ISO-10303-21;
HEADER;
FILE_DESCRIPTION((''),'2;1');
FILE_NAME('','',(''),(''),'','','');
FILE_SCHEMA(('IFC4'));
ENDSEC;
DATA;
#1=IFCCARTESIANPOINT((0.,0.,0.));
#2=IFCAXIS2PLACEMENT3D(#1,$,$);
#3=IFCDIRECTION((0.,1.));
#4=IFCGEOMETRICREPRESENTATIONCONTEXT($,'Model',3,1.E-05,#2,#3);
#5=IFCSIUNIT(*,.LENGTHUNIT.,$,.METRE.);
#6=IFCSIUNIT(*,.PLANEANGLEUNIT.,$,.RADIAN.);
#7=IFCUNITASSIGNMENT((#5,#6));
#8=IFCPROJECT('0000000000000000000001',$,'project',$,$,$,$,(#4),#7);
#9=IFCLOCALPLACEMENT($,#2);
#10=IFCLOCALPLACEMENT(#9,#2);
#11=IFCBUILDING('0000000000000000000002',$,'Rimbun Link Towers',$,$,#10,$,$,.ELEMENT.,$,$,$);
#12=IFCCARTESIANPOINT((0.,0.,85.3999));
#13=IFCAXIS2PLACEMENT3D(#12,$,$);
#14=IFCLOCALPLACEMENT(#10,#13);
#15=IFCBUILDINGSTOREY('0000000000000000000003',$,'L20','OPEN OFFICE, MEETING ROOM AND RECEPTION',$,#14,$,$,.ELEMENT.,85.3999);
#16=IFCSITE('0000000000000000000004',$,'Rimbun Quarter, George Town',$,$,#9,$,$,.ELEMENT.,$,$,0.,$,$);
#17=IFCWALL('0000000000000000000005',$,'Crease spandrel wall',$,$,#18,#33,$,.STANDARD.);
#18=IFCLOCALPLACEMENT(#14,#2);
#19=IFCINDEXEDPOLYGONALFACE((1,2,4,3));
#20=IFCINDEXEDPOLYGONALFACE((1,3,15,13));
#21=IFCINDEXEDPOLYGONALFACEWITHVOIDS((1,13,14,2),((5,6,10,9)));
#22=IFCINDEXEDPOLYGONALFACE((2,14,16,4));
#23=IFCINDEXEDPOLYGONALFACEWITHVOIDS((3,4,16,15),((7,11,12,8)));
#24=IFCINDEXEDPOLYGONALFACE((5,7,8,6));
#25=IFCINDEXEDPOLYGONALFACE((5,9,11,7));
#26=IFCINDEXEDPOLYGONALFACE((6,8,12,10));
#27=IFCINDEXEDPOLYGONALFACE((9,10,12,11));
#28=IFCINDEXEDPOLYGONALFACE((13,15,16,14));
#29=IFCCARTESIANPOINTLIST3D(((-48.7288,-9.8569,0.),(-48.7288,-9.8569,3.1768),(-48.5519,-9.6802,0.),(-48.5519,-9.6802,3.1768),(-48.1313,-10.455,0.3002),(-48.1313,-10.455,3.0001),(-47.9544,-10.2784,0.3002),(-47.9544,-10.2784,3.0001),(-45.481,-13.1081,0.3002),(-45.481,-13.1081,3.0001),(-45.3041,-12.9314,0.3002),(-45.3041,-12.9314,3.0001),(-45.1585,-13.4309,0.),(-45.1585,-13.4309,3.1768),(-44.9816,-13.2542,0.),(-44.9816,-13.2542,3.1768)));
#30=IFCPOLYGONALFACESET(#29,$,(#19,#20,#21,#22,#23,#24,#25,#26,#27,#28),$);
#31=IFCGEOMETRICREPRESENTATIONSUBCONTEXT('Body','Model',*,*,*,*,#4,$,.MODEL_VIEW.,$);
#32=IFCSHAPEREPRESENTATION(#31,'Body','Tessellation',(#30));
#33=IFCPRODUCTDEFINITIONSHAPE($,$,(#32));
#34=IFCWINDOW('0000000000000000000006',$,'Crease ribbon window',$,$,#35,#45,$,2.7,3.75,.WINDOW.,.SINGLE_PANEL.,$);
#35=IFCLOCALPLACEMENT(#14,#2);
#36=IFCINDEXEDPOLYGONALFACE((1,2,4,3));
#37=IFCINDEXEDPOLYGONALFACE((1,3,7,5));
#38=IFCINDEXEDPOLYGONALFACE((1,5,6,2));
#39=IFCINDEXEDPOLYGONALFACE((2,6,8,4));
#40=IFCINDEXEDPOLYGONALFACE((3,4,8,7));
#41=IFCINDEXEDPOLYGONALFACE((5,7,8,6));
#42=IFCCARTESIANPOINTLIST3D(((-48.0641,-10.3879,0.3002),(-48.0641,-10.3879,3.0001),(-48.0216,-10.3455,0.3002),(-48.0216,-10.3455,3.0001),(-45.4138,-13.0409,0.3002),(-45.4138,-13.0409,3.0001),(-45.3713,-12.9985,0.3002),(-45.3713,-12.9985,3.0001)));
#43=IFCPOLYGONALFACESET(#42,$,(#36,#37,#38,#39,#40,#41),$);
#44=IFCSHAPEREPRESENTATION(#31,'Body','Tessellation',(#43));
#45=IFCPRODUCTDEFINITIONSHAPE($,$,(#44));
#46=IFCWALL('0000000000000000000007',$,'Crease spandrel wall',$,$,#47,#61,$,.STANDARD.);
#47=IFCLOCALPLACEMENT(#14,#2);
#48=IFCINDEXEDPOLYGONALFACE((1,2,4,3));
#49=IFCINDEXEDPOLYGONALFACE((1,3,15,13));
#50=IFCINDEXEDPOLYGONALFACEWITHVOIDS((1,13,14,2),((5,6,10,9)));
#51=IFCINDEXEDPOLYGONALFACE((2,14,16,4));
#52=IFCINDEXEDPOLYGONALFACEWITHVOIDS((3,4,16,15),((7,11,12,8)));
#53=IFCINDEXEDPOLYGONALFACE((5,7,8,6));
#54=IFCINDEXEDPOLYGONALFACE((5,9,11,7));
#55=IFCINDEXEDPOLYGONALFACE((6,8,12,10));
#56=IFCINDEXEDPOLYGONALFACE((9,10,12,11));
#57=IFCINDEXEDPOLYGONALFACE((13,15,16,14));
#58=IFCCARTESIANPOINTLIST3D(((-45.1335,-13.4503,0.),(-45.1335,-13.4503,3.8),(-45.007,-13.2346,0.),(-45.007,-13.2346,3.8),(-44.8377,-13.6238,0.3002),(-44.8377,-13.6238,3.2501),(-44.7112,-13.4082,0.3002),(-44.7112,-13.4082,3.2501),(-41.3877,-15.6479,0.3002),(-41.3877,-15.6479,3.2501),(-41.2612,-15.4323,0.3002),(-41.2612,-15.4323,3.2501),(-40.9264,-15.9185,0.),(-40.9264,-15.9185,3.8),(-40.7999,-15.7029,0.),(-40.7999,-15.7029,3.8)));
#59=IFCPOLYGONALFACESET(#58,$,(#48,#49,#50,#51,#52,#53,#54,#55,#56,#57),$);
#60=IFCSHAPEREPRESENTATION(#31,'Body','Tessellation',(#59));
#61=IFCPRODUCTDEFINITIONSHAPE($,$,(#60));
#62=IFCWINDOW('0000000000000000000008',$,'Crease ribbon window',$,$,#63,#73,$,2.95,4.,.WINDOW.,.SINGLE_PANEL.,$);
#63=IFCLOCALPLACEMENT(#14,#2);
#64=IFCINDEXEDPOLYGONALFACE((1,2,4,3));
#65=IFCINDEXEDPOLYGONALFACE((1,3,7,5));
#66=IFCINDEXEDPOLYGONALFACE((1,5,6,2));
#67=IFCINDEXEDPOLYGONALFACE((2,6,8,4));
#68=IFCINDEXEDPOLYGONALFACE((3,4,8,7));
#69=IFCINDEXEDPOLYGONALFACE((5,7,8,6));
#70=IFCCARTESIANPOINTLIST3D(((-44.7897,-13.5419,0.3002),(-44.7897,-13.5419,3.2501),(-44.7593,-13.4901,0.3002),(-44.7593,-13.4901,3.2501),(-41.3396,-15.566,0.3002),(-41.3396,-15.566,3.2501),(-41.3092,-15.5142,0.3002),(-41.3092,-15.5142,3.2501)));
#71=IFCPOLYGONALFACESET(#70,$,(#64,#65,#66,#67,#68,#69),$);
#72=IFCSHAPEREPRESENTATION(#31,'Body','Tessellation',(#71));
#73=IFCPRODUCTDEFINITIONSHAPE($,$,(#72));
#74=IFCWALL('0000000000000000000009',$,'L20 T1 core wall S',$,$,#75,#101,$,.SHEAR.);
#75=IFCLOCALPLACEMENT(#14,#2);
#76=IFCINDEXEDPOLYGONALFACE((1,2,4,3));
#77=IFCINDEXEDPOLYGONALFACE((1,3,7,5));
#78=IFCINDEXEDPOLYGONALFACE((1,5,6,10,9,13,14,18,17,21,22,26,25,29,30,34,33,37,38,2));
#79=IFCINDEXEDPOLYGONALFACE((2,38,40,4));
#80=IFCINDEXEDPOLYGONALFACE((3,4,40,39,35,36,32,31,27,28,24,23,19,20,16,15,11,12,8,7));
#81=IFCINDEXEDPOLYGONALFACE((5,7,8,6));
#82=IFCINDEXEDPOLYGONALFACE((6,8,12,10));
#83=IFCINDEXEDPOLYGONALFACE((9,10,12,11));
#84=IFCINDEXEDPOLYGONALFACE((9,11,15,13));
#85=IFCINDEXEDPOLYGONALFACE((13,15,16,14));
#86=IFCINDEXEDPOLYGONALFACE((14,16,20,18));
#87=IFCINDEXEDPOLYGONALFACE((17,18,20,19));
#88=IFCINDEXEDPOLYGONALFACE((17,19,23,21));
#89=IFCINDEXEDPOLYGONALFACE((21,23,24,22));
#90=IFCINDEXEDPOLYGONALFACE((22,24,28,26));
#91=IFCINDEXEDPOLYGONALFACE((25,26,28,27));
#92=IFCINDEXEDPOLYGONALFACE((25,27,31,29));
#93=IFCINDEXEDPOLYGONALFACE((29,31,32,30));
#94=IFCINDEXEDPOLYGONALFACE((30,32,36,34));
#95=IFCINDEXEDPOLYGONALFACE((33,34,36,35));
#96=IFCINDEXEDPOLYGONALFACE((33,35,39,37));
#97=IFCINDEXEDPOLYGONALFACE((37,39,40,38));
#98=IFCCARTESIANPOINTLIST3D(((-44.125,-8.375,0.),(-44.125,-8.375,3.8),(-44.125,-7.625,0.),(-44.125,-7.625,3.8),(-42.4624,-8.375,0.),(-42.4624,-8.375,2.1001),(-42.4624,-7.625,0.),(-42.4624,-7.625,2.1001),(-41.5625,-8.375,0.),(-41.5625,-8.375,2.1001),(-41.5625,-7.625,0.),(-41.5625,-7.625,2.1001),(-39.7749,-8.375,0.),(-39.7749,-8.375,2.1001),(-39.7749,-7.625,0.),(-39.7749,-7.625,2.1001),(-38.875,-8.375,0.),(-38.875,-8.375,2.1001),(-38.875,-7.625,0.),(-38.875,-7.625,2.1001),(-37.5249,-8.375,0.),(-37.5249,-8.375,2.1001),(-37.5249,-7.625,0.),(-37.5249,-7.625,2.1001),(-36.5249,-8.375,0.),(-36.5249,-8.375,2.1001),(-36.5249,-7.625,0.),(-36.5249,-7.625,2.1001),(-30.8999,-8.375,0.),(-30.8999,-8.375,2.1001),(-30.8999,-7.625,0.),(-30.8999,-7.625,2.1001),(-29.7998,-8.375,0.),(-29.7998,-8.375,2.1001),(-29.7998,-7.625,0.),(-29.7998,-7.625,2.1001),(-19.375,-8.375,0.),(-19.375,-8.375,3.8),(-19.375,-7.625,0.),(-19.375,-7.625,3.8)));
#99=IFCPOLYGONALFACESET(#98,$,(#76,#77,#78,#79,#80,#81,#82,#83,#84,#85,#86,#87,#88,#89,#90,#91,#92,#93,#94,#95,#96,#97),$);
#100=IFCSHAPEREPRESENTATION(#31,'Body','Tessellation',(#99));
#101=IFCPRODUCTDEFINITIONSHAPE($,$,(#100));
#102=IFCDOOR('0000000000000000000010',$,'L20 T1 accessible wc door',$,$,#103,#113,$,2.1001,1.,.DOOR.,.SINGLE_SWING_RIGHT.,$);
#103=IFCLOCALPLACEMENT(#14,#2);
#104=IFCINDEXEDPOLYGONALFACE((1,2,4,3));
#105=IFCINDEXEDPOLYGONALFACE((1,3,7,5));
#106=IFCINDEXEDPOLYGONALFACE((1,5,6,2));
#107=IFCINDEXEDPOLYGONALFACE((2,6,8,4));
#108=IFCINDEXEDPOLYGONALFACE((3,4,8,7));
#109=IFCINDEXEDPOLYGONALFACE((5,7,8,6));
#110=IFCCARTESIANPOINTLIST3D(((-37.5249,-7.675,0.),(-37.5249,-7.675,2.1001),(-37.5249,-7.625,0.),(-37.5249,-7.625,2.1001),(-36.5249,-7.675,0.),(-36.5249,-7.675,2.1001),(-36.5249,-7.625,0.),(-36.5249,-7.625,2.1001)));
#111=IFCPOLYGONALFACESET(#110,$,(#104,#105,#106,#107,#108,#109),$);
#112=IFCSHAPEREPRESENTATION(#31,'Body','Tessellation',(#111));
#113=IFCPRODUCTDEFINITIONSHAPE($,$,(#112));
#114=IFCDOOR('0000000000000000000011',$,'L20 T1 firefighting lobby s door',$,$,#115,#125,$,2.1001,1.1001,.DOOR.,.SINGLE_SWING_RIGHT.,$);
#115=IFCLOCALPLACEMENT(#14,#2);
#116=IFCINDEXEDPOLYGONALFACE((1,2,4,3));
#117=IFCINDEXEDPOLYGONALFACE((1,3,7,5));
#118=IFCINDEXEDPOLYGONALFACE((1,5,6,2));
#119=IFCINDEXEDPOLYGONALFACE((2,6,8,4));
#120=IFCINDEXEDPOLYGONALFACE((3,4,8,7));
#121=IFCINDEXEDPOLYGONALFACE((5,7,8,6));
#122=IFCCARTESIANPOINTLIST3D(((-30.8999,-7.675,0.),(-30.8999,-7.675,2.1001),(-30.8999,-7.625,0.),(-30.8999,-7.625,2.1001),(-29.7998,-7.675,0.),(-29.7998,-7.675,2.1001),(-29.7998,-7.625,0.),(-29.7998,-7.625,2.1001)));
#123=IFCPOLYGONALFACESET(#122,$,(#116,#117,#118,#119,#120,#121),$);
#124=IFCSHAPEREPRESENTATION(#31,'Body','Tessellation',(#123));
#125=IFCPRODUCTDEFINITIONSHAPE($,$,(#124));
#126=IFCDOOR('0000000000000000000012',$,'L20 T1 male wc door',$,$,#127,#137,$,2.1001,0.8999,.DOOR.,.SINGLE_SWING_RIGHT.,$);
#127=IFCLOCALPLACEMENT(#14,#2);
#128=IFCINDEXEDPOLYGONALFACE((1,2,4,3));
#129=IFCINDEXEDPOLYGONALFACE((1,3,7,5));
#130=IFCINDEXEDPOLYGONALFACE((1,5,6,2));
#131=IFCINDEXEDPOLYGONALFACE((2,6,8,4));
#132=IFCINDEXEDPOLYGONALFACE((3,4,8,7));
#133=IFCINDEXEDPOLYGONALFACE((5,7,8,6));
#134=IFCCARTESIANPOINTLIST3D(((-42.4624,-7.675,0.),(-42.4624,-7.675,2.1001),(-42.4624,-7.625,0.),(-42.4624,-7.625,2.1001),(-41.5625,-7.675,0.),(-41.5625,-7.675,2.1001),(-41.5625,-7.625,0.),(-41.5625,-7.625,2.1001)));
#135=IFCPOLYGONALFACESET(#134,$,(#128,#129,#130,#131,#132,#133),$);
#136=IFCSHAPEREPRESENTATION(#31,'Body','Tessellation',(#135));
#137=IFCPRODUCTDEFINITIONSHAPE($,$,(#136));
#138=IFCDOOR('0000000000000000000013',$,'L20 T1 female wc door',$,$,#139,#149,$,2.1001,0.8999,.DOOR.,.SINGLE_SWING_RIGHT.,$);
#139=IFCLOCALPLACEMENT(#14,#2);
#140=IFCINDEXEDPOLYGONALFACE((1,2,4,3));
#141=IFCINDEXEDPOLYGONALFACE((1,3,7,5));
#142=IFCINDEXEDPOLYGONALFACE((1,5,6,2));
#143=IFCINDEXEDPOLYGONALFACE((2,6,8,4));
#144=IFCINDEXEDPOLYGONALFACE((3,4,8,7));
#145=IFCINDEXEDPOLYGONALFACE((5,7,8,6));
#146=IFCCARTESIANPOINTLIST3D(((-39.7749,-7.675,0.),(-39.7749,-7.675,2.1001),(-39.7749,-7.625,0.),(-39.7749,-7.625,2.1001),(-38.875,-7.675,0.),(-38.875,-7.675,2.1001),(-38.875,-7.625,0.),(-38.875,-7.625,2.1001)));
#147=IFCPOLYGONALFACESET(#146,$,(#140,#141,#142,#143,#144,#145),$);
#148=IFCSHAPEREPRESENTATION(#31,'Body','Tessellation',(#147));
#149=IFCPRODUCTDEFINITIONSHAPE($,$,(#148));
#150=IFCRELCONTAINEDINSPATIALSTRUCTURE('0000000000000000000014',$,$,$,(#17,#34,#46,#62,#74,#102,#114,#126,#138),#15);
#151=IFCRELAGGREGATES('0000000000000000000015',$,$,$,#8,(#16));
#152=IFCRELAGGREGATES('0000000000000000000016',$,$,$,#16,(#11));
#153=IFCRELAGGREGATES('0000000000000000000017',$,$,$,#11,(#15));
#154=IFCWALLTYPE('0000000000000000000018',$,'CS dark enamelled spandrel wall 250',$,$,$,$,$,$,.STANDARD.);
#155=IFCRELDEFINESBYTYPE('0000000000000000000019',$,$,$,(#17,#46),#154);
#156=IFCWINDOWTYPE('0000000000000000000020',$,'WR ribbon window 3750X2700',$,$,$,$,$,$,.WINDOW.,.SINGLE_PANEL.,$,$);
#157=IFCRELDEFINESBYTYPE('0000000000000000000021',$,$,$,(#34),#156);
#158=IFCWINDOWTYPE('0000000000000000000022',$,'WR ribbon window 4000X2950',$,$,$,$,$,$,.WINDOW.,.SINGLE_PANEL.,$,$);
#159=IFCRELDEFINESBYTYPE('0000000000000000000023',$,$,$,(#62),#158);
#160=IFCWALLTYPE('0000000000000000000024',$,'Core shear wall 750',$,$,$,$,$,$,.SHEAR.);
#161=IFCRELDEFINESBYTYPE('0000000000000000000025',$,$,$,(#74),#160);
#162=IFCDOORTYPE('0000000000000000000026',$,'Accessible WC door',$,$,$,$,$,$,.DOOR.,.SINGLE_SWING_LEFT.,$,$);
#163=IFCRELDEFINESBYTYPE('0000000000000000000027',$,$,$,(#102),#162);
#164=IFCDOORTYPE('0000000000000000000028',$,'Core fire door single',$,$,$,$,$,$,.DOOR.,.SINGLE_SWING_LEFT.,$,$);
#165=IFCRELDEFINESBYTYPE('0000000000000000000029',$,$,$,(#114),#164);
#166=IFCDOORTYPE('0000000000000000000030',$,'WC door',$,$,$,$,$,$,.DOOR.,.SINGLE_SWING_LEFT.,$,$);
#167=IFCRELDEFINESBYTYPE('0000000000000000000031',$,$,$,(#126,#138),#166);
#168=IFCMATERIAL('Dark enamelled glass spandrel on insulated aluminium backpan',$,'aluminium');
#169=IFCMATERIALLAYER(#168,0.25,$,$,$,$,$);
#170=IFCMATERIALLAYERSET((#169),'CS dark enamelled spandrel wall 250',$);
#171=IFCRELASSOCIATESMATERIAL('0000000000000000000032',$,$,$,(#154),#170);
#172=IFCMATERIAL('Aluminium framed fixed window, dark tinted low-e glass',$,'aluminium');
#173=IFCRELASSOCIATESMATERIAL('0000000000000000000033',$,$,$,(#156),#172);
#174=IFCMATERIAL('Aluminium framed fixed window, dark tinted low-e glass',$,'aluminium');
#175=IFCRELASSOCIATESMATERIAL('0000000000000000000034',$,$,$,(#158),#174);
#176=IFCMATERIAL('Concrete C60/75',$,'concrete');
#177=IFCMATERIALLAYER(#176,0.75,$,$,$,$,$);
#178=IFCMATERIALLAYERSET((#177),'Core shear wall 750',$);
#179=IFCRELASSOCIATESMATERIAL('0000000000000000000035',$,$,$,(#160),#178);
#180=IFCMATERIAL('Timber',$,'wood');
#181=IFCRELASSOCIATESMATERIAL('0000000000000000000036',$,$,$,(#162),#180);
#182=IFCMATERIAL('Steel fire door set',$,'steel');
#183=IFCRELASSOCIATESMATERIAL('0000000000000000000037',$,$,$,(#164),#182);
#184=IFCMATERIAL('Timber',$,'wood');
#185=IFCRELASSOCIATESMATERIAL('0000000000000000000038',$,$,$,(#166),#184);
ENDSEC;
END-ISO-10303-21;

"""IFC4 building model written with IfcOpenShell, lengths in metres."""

from ifc_helpers import new_model, si_unit, direction, frame, frame_2d, origin, place, context, subcontext, project, spatial, rectangle, extrude, material, layer, layer_set, type_object, element, fill, save


model = new_model("IFC4")

# Units and contexts
model_context = context("Model", 3, precision=1e-05, world=origin(), true_north=direction((0.0, 1.0)))
body_context = subcontext(model_context, "Body", "Model", "MODEL_VIEW")
ifc_project = project(units=[si_unit("LENGTHUNIT", "METRE"), si_unit("PLANEANGLEUNIT", "RADIAN")], contexts=[model_context])

# Site, building, storey
site_placement = place(None, origin())
site = spatial("IfcSite", under=ifc_project, at=site_placement, Name="Rimbun Quarter, George Town", CompositionType="ELEMENT", RefElevation=0.0)
building_placement = place(site_placement, origin())
building = spatial("IfcBuilding", under=site, at=building_placement, Name="Rimbun Link Towers", CompositionType="ELEMENT")
storey_placement = place(building_placement, frame((0.0, 0.0, 85.3999)))
storey = spatial("IfcBuildingStorey", under=building, at=storey_placement, Name="L20", Description="OPEN OFFICE, MEETING ROOM AND RECEPTION", CompositionType="ELEMENT", Elevation=85.3999)

# Walls, openings, windows
ifc_material_1 = material(Name="Dark enamelled glass spandrel on insulated aluminium backpan", Category="aluminium")
ifc_layer_1 = layer(ifc_material_1, 0.25)
ifc_layer_set_1 = layer_set([ifc_layer_1], Name="CS dark enamelled spandrel wall 250")
wall_type_1 = type_object("IfcWallType", Name="CS dark enamelled spandrel wall 250", PredefinedType="STANDARD", material=ifc_layer_set_1)
wall_1_placement = place(storey_placement, frame((-45.0701, -13.3425, 0.0), z_axis=(0.0, 0.0, 1.0), x_axis=(-0.706744, 0.707469, 0.0)))
wall_1 = element("IfcWall", 1, at=wall_1_placement, inside=storey, type_object=wall_type_1, Name="Crease spandrel wall", PredefinedType="STANDARD", context=body_context, shape_type="SweptSolid", body=[
    extrude(rectangle(XDim=5.0518, YDim=0.25, at=frame_2d((2.5259, 0.0))), origin(), (0.0, 0.0, 1.0), 3.1768),
])
opening_1_placement = place(wall_1_placement, frame((0.4563, 0.0, 0.3)))
opening_1 = element("IfcOpeningElement", 2, at=opening_1_placement, cuts=wall_1, PredefinedType="OPENING", context=body_context, shape_type="SweptSolid", body=[
    extrude(rectangle(XDim=3.75, YDim=2.7, at=frame_2d((1.875, 1.3501))), frame((0.0, 0.135, 0.0), z_axis=(0.0, -1.0, 0.0), x_axis=(1.0, 0.0, 0.0)), (0.0, 0.0, 1.0), 0.27),
])
ifc_material_2 = material(Name="Aluminium framed fixed window, dark tinted low-e glass", Category="aluminium")
window_type_1 = type_object("IfcWindowType", Name="WR ribbon window 3750X2700", PartitioningType="SINGLE_PANEL", PredefinedType="WINDOW", material=ifc_material_2)
window_1_placement = place(opening_1_placement, origin())
window_1 = element("IfcWindow", 3, at=window_1_placement, inside=storey, type_object=window_type_1, Name="Crease ribbon window", OverallHeight=2.7, OverallWidth=3.75, PartitioningType="SINGLE_PANEL", PredefinedType="WINDOW", context=body_context, shape_type="SweptSolid", body=[
    extrude(rectangle(XDim=3.75, YDim=2.7, at=frame_2d((1.875, 1.3501))), frame((0.0, 0.03, 0.0), z_axis=(0.0, -1.0, 0.0), x_axis=(1.0, 0.0, 0.0)), (0.0, 0.0, 1.0), 0.0601),
])
fill(opening_1, window_1)
wall_2_placement = place(storey_placement, frame((-40.863, -15.8108, 0.0), z_axis=(0.0, 0.0, 1.0), x_axis=(-0.862513, 0.506035, 0.0)))
wall_2 = element("IfcWall", 4, at=wall_2_placement, inside=storey, type_object=wall_type_1, Name="Crease spandrel wall", PredefinedType="STANDARD", context=body_context, shape_type="SweptSolid", body=[
    extrude(rectangle(XDim=4.8777, YDim=0.25, at=frame_2d((2.439, 0.0))), origin(), (0.0, 0.0, 1.0), 3.8),
])
opening_2_placement = place(wall_2_placement, frame((0.5349, 0.0, 0.3)))
opening_2 = element("IfcOpeningElement", 5, at=opening_2_placement, cuts=wall_2, PredefinedType="OPENING", context=body_context, shape_type="SweptSolid", body=[
    extrude(rectangle(XDim=4.0, YDim=2.95, at=frame_2d((2.0, 1.4751))), frame((0.0, 0.135, 0.0), z_axis=(0.0, -1.0, 0.0), x_axis=(1.0, 0.0, 0.0)), (0.0, 0.0, 1.0), 0.27),
])
ifc_material_3 = material(Name="Aluminium framed fixed window, dark tinted low-e glass", Category="aluminium")
window_type_2 = type_object("IfcWindowType", Name="WR ribbon window 4000X2950", PartitioningType="SINGLE_PANEL", PredefinedType="WINDOW", material=ifc_material_3)
window_2_placement = place(opening_2_placement, origin())
window_2 = element("IfcWindow", 6, at=window_2_placement, inside=storey, type_object=window_type_2, Name="Crease ribbon window", OverallHeight=2.95, OverallWidth=4.0, PartitioningType="SINGLE_PANEL", PredefinedType="WINDOW", context=body_context, shape_type="SweptSolid", body=[
    extrude(rectangle(XDim=4.0, YDim=2.95, at=frame_2d((2.0, 1.4751))), frame((0.0, 0.03, 0.0), z_axis=(0.0, -1.0, 0.0), x_axis=(1.0, 0.0, 0.0)), (0.0, 0.0, 1.0), 0.0601),
])
fill(opening_2, window_2)

# Wall, openings, doors
ifc_material_4 = material(Name="Concrete C60/75", Category="concrete")
ifc_layer_2 = layer(ifc_material_4, 0.75)
ifc_layer_set_2 = layer_set([ifc_layer_2], Name="Core shear wall 750")
wall_type_2 = type_object("IfcWallType", Name="Core shear wall 750", PredefinedType="SHEAR", material=ifc_layer_set_2)
wall_3_placement = place(storey_placement, frame((-44.125, -8.0, 0.0), z_axis=(0.0, 0.0, 1.0), x_axis=(1.0, 0.0, 0.0)))
wall_3 = element("IfcWall", 7, at=wall_3_placement, inside=storey, type_object=wall_type_2, Name="L20 T1 core wall S", PredefinedType="SHEAR", context=body_context, shape_type="SweptSolid", body=[
    extrude(rectangle(XDim=24.75, YDim=0.75, at=frame_2d((12.375, 0.0))), origin(), (0.0, 0.0, 1.0), 3.8),
])
opening_3_placement = place(wall_3_placement, frame((13.2251, 0.0, 0.0)))
opening_3 = element("IfcOpeningElement", 8, at=opening_3_placement, cuts=wall_3, PredefinedType="OPENING", context=body_context, shape_type="SweptSolid", body=[
    extrude(rectangle(XDim=1.1001, YDim=2.1001, at=frame_2d((0.55, 1.05))), frame((0.0, 0.385, 0.0), z_axis=(0.0, -1.0, 0.0), x_axis=(1.0, 0.0, 0.0)), (0.0, 0.0, 1.0), 0.77),
])
opening_4_placement = place(wall_3_placement, frame((1.6626, 0.0, 0.0)))
opening_4 = element("IfcOpeningElement", 9, at=opening_4_placement, cuts=wall_3, PredefinedType="OPENING", context=body_context, shape_type="SweptSolid", body=[
    extrude(rectangle(XDim=0.8999, YDim=2.1001, at=frame_2d((0.45, 1.05))), frame((0.0, 0.385, 0.0), z_axis=(0.0, -1.0, 0.0), x_axis=(1.0, 0.0, 0.0)), (0.0, 0.0, 1.0), 0.77),
])
opening_5_placement = place(wall_3_placement, frame((4.3501, 0.0, 0.0)))
opening_5 = element("IfcOpeningElement", 10, at=opening_5_placement, cuts=wall_3, PredefinedType="OPENING", context=body_context, shape_type="SweptSolid", body=[
    extrude(rectangle(XDim=0.8999, YDim=2.1001, at=frame_2d((0.45, 1.05))), frame((0.0, 0.385, 0.0), z_axis=(0.0, -1.0, 0.0), x_axis=(1.0, 0.0, 0.0)), (0.0, 0.0, 1.0), 0.77),
])
opening_6_placement = place(wall_3_placement, frame((6.6001, 0.0, 0.0)))
opening_6 = element("IfcOpeningElement", 11, at=opening_6_placement, cuts=wall_3, PredefinedType="OPENING", context=body_context, shape_type="SweptSolid", body=[
    extrude(rectangle(XDim=1.0, YDim=2.1001, at=frame_2d((0.5, 1.05))), frame((0.0, 0.385, 0.0), z_axis=(0.0, -1.0, 0.0), x_axis=(1.0, 0.0, 0.0)), (0.0, 0.0, 1.0), 0.77),
])
ifc_material_5 = material(Name="Timber", Category="wood")
door_type_1 = type_object("IfcDoorType", Name="Accessible WC door", OperationType="SINGLE_SWING_LEFT", PredefinedType="DOOR", material=ifc_material_5)
door_1_placement = place(opening_6_placement, origin())
door_1 = element("IfcDoor", 12, at=door_1_placement, inside=storey, type_object=door_type_1, Name="L20 T1 accessible wc door", OperationType="SINGLE_SWING_RIGHT", OverallHeight=2.1001, OverallWidth=1.0, PredefinedType="DOOR", context=body_context, shape_type="SweptSolid", body=[
    extrude(rectangle(XDim=1.0, YDim=2.1001, at=frame_2d((0.5, 1.05))), frame((0.0, 0.375, 0.0), z_axis=(0.0, -1.0, 0.0), x_axis=(1.0, 0.0, 0.0)), (0.0, 0.0, 1.0), 0.05),
])
fill(opening_6, door_1)
ifc_material_6 = material(Name="Steel fire door set", Category="steel")
door_type_2 = type_object("IfcDoorType", Name="Core fire door single", OperationType="SINGLE_SWING_LEFT", PredefinedType="DOOR", material=ifc_material_6)
door_2_placement = place(opening_3_placement, origin())
door_2 = element("IfcDoor", 13, at=door_2_placement, inside=storey, type_object=door_type_2, Name="L20 T1 firefighting lobby s door", OperationType="SINGLE_SWING_RIGHT", OverallHeight=2.1001, OverallWidth=1.1001, PredefinedType="DOOR", context=body_context, shape_type="SweptSolid", body=[
    extrude(rectangle(XDim=1.1001, YDim=2.1001, at=frame_2d((0.55, 1.05))), frame((0.0, 0.375, 0.0), z_axis=(0.0, -1.0, 0.0), x_axis=(1.0, 0.0, 0.0)), (0.0, 0.0, 1.0), 0.05),
])
fill(opening_3, door_2)
ifc_material_7 = material(Name="Timber", Category="wood")
door_type_3 = type_object("IfcDoorType", Name="WC door", OperationType="SINGLE_SWING_LEFT", PredefinedType="DOOR", material=ifc_material_7)
door_3_placement = place(opening_4_placement, origin())
door_3 = element("IfcDoor", 14, at=door_3_placement, inside=storey, type_object=door_type_3, Name="L20 T1 male wc door", OperationType="SINGLE_SWING_RIGHT", OverallHeight=2.1001, OverallWidth=0.8999, PredefinedType="DOOR", context=body_context, shape_type="SweptSolid", body=[
    extrude(rectangle(XDim=0.8999, YDim=2.1001, at=frame_2d((0.45, 1.05))), frame((0.0, 0.375, 0.0), z_axis=(0.0, -1.0, 0.0), x_axis=(1.0, 0.0, 0.0)), (0.0, 0.0, 1.0), 0.05),
])
fill(opening_4, door_3)
door_4_placement = place(opening_5_placement, origin())
door_4 = element("IfcDoor", 15, at=door_4_placement, inside=storey, type_object=door_type_3, Name="L20 T1 female wc door", OperationType="SINGLE_SWING_RIGHT", OverallHeight=2.1001, OverallWidth=0.8999, PredefinedType="DOOR", context=body_context, shape_type="SweptSolid", body=[
    extrude(rectangle(XDim=0.8999, YDim=2.1001, at=frame_2d((0.45, 1.05))), frame((0.0, 0.375, 0.0), z_axis=(0.0, -1.0, 0.0), x_axis=(1.0, 0.0, 0.0)), (0.0, 0.0, 1.0), 0.05),
])
fill(opening_5, door_4)

save(model, "model.ifc")
